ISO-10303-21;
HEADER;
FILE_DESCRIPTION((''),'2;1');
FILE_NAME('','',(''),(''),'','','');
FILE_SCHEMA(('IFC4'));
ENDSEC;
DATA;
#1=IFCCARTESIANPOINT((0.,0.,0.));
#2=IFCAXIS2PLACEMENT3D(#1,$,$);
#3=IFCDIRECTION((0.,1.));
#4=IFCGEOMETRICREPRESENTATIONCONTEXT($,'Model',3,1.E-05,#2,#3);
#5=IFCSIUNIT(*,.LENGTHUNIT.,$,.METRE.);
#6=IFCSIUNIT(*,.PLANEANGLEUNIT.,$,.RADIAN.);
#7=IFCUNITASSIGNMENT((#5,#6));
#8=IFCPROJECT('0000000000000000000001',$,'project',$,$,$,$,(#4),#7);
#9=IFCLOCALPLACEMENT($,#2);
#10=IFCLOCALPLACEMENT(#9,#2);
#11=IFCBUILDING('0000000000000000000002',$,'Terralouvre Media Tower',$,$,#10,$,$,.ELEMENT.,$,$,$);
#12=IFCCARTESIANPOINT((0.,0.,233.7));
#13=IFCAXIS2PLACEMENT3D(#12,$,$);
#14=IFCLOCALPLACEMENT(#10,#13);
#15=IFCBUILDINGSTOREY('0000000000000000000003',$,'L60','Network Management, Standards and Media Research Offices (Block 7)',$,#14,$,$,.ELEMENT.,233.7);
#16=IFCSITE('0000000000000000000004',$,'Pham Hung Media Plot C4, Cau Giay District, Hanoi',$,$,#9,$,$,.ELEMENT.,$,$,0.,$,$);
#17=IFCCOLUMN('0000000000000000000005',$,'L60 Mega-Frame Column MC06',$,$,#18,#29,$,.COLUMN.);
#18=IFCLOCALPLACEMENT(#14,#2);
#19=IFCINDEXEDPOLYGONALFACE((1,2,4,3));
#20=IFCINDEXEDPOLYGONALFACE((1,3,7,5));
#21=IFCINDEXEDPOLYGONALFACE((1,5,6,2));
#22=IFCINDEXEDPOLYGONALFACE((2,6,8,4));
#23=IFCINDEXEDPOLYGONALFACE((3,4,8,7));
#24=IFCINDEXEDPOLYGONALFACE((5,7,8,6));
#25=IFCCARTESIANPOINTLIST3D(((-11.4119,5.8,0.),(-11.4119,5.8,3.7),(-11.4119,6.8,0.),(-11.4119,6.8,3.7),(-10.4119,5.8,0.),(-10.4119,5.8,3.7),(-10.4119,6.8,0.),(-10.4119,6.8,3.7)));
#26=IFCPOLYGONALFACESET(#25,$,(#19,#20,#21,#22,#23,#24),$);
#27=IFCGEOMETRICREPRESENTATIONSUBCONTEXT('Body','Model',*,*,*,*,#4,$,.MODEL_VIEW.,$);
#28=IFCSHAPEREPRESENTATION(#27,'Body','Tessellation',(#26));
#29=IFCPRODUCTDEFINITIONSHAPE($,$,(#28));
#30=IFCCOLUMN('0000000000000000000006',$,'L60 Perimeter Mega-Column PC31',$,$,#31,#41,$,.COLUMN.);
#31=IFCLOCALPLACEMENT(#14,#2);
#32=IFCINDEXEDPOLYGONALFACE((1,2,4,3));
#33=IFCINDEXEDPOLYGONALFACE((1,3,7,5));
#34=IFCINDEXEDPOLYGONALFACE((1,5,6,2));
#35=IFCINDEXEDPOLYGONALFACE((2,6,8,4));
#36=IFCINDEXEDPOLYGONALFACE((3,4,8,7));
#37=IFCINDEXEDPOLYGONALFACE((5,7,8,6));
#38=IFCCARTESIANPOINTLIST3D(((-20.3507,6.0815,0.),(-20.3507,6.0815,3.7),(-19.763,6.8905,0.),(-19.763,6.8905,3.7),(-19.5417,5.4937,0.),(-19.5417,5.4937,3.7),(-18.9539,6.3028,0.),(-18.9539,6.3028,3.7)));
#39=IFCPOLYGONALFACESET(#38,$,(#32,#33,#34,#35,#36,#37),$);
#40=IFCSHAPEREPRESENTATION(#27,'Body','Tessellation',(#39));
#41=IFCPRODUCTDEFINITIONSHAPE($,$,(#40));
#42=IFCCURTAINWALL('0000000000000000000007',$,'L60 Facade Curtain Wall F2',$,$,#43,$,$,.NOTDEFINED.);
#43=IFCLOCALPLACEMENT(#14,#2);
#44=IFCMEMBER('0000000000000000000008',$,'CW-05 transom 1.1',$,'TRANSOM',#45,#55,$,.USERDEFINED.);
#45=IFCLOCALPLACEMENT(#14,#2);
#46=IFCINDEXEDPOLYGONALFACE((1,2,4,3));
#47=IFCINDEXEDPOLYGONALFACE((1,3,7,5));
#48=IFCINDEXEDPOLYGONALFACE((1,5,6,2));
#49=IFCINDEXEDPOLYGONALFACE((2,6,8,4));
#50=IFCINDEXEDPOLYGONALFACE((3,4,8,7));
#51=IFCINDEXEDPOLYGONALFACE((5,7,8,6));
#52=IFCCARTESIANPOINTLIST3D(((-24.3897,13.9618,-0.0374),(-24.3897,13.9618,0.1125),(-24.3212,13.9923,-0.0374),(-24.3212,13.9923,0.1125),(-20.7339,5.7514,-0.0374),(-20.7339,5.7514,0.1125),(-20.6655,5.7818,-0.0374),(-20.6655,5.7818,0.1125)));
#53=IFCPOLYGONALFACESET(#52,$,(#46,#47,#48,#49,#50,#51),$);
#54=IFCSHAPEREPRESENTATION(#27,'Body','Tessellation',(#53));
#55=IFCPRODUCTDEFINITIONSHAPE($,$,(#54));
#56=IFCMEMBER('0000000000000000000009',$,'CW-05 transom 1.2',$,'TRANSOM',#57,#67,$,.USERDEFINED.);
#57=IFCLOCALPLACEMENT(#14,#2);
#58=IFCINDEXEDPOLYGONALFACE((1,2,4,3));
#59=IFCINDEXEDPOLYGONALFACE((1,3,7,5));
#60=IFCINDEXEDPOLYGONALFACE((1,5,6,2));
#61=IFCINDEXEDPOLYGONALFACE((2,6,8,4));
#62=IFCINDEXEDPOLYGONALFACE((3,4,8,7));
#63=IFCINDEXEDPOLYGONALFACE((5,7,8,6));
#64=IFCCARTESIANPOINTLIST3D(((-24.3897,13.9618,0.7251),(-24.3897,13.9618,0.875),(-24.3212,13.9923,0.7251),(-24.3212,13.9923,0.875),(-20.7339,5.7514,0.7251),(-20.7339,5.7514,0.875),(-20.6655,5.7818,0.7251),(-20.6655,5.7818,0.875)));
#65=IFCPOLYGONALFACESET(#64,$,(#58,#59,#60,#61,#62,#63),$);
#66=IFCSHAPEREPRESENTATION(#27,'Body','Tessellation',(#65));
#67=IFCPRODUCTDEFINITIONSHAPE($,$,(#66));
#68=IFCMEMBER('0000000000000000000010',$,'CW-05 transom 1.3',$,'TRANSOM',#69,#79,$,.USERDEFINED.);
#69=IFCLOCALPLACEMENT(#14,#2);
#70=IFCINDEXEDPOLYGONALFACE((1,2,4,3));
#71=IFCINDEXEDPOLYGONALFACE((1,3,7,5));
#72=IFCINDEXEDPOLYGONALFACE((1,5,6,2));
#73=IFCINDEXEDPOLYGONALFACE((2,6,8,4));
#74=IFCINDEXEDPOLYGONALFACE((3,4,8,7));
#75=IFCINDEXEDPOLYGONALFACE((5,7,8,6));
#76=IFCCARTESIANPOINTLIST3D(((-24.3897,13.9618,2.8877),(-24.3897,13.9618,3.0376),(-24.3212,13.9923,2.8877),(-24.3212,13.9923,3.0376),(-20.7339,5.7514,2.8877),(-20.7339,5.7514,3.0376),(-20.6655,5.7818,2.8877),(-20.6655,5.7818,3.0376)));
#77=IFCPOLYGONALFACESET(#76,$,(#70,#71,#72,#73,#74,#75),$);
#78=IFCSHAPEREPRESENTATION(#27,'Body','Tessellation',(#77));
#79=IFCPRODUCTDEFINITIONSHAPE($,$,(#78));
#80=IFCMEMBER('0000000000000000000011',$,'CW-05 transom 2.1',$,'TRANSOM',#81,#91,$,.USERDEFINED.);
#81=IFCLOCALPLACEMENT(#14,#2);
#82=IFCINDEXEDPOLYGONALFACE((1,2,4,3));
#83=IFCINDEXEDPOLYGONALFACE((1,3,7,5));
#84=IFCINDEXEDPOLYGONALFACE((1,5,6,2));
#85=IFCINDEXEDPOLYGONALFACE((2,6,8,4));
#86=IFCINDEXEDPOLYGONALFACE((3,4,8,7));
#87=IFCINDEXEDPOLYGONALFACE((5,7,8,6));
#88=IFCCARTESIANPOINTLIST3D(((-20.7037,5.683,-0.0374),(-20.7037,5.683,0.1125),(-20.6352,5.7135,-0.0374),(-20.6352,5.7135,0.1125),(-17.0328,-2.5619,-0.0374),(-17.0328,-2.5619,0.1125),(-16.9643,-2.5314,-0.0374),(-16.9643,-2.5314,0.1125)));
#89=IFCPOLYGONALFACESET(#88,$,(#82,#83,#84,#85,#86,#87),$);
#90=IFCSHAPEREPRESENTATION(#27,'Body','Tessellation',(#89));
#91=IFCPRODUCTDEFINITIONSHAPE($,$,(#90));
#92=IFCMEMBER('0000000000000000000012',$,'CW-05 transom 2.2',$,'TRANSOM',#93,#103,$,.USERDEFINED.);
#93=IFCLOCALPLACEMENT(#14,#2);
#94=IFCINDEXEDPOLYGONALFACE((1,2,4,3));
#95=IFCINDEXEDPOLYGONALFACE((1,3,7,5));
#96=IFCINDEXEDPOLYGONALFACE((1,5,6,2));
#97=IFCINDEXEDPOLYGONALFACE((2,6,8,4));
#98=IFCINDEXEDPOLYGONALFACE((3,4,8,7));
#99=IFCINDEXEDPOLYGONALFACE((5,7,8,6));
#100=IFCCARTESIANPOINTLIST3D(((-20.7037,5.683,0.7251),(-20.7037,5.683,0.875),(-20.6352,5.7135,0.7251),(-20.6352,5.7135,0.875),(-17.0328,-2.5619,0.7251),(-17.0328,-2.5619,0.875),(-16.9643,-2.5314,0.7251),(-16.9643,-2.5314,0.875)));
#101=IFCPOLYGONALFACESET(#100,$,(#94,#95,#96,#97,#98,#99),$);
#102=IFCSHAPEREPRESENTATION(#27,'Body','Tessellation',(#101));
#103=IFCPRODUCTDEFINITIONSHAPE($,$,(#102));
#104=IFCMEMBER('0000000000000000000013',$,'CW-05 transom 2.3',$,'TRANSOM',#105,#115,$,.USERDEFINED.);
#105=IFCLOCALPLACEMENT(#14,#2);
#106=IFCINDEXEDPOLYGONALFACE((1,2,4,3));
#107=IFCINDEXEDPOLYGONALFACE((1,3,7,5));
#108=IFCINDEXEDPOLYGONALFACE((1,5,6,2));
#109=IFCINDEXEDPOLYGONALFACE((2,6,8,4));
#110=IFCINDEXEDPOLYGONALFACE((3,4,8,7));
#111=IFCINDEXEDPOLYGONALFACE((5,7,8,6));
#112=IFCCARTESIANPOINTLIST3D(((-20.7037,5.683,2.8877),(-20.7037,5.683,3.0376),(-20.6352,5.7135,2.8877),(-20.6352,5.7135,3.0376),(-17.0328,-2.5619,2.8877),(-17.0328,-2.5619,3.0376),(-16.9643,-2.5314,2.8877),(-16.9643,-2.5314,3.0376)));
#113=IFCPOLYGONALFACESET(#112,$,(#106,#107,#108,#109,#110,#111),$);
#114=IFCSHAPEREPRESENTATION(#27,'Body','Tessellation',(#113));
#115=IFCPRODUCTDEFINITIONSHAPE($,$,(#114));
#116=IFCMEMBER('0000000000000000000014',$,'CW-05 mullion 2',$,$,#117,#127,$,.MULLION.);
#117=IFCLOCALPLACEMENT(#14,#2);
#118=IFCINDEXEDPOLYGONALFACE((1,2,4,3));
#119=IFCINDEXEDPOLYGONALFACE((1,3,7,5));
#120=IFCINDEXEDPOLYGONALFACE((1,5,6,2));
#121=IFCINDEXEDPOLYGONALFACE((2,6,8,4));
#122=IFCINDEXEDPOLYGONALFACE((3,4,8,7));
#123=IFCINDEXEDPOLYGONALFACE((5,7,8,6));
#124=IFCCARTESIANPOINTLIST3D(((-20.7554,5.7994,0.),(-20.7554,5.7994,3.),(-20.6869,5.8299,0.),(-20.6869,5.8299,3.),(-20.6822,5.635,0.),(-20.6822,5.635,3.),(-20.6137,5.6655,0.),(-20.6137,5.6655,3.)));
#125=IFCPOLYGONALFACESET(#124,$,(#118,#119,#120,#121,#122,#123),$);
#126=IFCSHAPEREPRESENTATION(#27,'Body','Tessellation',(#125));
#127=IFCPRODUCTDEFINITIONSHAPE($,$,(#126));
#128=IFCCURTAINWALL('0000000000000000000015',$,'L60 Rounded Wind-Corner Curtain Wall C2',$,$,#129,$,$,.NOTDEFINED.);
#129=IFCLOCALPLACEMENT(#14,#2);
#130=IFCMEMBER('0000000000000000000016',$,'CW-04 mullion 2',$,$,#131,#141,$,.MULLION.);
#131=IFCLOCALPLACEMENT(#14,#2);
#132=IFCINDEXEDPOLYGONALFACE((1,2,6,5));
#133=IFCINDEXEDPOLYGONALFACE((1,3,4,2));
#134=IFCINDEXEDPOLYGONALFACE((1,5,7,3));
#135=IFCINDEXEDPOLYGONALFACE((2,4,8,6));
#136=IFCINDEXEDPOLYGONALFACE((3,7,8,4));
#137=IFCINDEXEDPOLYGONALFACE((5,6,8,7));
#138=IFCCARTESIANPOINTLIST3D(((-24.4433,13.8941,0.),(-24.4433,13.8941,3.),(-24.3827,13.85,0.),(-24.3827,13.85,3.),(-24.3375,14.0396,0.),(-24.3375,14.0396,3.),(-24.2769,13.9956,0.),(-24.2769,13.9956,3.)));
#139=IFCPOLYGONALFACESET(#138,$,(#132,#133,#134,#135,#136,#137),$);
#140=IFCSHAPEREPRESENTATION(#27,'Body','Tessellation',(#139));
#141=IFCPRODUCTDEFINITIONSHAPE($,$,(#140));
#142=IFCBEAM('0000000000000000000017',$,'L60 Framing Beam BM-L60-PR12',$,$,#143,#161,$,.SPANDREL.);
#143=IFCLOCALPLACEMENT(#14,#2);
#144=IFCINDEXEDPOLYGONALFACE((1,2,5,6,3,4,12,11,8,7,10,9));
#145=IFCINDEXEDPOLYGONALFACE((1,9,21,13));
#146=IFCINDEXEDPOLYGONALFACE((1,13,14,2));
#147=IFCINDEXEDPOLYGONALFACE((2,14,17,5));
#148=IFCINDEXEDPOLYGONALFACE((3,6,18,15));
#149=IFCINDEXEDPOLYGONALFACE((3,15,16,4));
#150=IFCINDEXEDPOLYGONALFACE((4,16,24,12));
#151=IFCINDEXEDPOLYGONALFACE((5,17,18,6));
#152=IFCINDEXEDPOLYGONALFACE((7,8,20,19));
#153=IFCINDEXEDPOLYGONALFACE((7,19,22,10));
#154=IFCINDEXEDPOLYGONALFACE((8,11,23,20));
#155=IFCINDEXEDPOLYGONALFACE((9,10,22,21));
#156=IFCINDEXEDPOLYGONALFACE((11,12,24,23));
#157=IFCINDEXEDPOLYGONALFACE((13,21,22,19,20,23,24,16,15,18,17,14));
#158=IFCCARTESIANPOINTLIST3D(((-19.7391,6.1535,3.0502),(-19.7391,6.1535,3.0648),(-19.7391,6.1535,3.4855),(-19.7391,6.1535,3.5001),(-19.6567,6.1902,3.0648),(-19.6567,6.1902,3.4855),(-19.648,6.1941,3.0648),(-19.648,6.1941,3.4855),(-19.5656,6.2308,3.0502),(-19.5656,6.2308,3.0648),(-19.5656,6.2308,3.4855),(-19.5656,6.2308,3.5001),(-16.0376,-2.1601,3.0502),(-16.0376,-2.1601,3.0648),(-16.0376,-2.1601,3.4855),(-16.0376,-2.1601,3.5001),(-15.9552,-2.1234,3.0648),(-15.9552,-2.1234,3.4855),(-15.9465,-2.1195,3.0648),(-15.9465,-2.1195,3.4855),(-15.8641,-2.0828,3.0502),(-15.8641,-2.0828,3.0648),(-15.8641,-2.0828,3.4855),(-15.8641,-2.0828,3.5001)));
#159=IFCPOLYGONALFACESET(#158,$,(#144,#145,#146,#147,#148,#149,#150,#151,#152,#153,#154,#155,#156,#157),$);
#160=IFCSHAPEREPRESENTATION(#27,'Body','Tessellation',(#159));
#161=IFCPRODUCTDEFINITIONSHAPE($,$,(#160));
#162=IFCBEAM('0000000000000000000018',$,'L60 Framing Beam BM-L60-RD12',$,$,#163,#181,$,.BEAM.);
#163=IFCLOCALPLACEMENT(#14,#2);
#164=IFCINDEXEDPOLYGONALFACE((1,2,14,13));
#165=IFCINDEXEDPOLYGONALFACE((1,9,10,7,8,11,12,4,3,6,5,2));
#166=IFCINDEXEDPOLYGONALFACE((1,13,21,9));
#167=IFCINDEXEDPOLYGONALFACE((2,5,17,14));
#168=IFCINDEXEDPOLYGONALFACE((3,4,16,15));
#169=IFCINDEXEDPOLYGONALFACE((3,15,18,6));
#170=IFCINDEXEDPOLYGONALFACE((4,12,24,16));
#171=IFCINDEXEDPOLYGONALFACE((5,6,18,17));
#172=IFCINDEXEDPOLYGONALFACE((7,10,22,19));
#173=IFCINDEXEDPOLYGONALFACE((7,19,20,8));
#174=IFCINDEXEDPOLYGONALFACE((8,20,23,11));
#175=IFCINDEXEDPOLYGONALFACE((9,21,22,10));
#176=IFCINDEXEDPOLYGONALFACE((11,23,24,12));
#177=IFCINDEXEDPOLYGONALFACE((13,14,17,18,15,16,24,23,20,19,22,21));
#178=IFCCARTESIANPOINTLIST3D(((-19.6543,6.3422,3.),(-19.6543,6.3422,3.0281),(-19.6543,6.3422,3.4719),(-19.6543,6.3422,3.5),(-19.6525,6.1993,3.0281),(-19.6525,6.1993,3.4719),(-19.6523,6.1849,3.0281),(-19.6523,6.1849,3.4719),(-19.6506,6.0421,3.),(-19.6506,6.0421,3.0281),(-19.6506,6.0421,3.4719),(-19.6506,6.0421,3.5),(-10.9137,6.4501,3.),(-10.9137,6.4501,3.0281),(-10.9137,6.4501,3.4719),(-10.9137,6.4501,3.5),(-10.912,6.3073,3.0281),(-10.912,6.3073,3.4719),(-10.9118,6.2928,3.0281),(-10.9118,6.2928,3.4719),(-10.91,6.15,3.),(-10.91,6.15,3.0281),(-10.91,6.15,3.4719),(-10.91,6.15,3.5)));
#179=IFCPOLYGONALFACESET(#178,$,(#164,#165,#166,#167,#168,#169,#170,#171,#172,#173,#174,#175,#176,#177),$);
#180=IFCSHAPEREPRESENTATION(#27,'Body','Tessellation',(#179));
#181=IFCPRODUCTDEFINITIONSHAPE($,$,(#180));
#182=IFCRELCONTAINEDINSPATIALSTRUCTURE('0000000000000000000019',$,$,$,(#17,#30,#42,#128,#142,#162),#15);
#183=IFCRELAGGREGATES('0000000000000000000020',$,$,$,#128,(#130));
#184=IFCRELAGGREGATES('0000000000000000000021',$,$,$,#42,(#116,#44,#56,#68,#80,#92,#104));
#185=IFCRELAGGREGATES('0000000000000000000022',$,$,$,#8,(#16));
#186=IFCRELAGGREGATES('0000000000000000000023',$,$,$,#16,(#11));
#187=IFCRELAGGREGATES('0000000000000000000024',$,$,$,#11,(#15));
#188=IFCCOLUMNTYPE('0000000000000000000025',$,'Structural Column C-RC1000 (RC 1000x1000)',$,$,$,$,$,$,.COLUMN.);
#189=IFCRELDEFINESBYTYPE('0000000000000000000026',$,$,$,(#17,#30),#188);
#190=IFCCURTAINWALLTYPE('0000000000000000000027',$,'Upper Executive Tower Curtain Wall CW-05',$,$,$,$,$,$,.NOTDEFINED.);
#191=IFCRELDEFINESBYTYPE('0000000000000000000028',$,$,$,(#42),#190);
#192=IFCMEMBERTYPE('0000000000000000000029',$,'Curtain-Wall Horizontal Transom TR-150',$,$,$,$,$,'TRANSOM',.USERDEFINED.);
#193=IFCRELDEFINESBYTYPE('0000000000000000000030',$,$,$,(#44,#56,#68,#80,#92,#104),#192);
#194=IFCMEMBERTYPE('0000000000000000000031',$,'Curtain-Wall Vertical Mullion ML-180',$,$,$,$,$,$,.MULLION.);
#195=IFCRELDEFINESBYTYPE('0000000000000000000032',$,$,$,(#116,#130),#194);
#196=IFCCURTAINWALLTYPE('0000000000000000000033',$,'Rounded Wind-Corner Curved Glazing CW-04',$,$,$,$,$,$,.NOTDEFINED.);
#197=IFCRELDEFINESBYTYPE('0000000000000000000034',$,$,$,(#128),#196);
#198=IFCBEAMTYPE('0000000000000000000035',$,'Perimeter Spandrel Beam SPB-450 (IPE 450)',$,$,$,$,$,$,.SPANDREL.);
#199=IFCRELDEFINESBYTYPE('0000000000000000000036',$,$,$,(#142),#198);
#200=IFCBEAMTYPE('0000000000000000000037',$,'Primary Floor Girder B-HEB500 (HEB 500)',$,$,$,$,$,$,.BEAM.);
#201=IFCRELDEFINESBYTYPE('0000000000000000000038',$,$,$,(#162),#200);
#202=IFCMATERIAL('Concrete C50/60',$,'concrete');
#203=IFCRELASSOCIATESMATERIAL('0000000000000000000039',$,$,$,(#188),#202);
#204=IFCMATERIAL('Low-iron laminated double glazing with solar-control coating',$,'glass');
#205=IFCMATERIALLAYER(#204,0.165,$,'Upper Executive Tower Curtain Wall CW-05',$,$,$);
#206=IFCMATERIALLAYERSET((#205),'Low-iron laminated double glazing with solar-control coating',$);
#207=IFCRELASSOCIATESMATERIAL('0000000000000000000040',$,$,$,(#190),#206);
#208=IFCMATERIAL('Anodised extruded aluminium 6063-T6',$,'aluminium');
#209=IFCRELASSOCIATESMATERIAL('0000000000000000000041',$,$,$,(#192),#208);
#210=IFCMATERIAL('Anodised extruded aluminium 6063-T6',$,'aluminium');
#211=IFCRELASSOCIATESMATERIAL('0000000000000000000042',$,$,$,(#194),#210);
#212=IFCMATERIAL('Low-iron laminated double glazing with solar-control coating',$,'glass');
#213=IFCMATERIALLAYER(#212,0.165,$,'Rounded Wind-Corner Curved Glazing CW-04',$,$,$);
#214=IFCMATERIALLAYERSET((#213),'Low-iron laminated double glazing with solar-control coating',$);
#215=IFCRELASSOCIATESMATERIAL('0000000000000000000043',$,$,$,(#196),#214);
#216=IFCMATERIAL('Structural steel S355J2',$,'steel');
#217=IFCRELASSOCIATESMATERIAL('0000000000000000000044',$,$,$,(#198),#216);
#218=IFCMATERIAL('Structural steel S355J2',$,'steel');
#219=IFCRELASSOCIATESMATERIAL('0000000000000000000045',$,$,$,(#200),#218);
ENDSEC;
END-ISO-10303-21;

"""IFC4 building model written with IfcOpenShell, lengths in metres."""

from ifc_helpers import new_model, si_unit, direction, frame, origin, origin_2d, place, context, subcontext, project, spatial, rectangle, i_section, extrude, material, layer, layer_set, material_profile, profile_set, type_object, element, aggregate, save


model = new_model("IFC4")

# Units and contexts
model_context = context("Model", 3, precision=1e-05, world=origin(), true_north=direction((0.0, 1.0)))
body_context = subcontext(model_context, "Body", "Model", "MODEL_VIEW")
ifc_project = project(units=[si_unit("LENGTHUNIT", "METRE"), si_unit("PLANEANGLEUNIT", "RADIAN")], contexts=[model_context])

# Site, building, storey
site_placement = place(None, origin())
site = spatial("IfcSite", under=ifc_project, at=site_placement, Name="Pham Hung Media Plot C4, Cau Giay District, Hanoi", CompositionType="ELEMENT", RefElevation=0.0)
building_placement = place(site_placement, origin())
building = spatial("IfcBuilding", under=site, at=building_placement, Name="Terralouvre Media Tower", CompositionType="ELEMENT")
storey_placement = place(building_placement, frame((0.0, 0.0, 233.7)))
storey = spatial("IfcBuildingStorey", under=building, at=storey_placement, Name="L60", Description="Network Management, Standards and Media Research Offices (Block 7)", CompositionType="ELEMENT", Elevation=233.7)

# Columns
ifc_material_1 = material(Name="Concrete C50/60", Category="concrete")
ifc_material_profile_1 = material_profile(ifc_material_1, rectangle(XDim=1.0, YDim=1.0, at=origin_2d()), Name="RC 1000x1000")
ifc_profile_set_1 = profile_set([ifc_material_profile_1], Name="Concrete C50/60")
column_type = type_object("IfcColumnType", Name="Structural Column C-RC1000 (RC 1000x1000)", PredefinedType="COLUMN", material=ifc_profile_set_1)
for number, where, z_axis, x_axis, name in (
    (1, (-10.9119, 6.3, 0.0), (0.0, 0.0, 1.0), (1.0, 0.0, 0.0), "L60 Mega-Frame Column MC06"),
    (2, (-19.6523, 6.1921, 0.0), (0.0, 0.0, 1.0), (0.587785, 0.809017, 0.0), "L60 Perimeter Mega-Column PC31"),
):
    element("IfcColumn", number, at=place(storey_placement, frame(where, z_axis=z_axis, x_axis=x_axis)), inside=storey, type_object=column_type, Name=name, PredefinedType="COLUMN", context=body_context, shape_type="SweptSolid", body=[
        extrude(rectangle(XDim=1.0, YDim=1.0, at=origin_2d()), origin(), (0.0, 0.0, 1.0), 3.7),
    ])

# Curtain wall, members
ifc_material_2 = material(Name="Low-iron laminated double glazing with solar-control coating", Category="glass")
ifc_layer_1 = layer(ifc_material_2, 0.165, Name="Upper Executive Tower Curtain Wall CW-05")
ifc_layer_set_1 = layer_set([ifc_layer_1], Name="Low-iron laminated double glazing with solar-control coating")
curtain_wall_type_1 = type_object("IfcCurtainWallType", Name="Upper Executive Tower Curtain Wall CW-05", PredefinedType="NOTDEFINED", material=ifc_layer_set_1)
curtain_wall_1_placement = place(storey_placement, origin())
curtain_wall_1 = element("IfcCurtainWall", 3, at=curtain_wall_1_placement, inside=storey, type_object=curtain_wall_type_1, Name="L60 Facade Curtain Wall F2", PredefinedType="NOTDEFINED")
ifc_material_3 = material(Name="Anodised extruded aluminium 6063-T6", Category="aluminium")
ifc_material_profile_2 = material_profile(ifc_material_3, rectangle(XDim=0.075, YDim=0.1499, at=origin_2d()), Name="ALU 75x150")
ifc_profile_set_2 = profile_set([ifc_material_profile_2], Name="Anodised extruded aluminium 6063-T6")
member_type_1 = type_object("IfcMemberType", Name="Curtain-Wall Horizontal Transom TR-150", ElementType="TRANSOM", PredefinedType="USERDEFINED", material=ifc_profile_set_2)
member_1_placement = place(storey_placement, frame((-24.3555, 13.9771, 0.0376), z_axis=(0.406758, -0.913536, 0.0), x_axis=(0.913536, 0.406758, 0.0)))
member_1 = element("IfcMember", 4, at=member_1_placement, type_object=member_type_1, Name="CW-05 transom 1.1", ObjectType="TRANSOM", PredefinedType="USERDEFINED", context=body_context, shape_type="SweptSolid", body=[
    extrude(rectangle(XDim=0.075, YDim=0.1499, at=origin_2d()), origin(), (0.0, 0.0, 1.0), 8.9875),
])
member_2_placement = place(storey_placement, frame((-24.3555, 13.9771, 0.8), z_axis=(0.406758, -0.913536, 0.0), x_axis=(0.913536, 0.406758, 0.0)))
member_2 = element("IfcMember", 5, at=member_2_placement, type_object=member_type_1, Name="CW-05 transom 1.2", ObjectType="TRANSOM", PredefinedType="USERDEFINED", context=body_context, shape_type="SweptSolid", body=[
    extrude(rectangle(XDim=0.075, YDim=0.1499, at=origin_2d()), origin(), (0.0, 0.0, 1.0), 8.9875),
])
member_3_placement = place(storey_placement, frame((-24.3555, 13.9771, 2.9626), z_axis=(0.406758, -0.913536, 0.0), x_axis=(0.913536, 0.406758, 0.0)))
member_3 = element("IfcMember", 6, at=member_3_placement, type_object=member_type_1, Name="CW-05 transom 1.3", ObjectType="TRANSOM", PredefinedType="USERDEFINED", context=body_context, shape_type="SweptSolid", body=[
    extrude(rectangle(XDim=0.075, YDim=0.1499, at=origin_2d()), origin(), (0.0, 0.0, 1.0), 8.9875),
])
member_4_placement = place(storey_placement, frame((-20.6694, 5.6982, 0.0376), z_axis=(0.406741, -0.913544, 0.0), x_axis=(0.913544, 0.406741, 0.0)))
member_4 = element("IfcMember", 7, at=member_4_placement, type_object=member_type_1, Name="CW-05 transom 2.1", ObjectType="TRANSOM", PredefinedType="USERDEFINED", context=body_context, shape_type="SweptSolid", body=[
    extrude(rectangle(XDim=0.075, YDim=0.1499, at=origin_2d()), origin(), (0.0, 0.0, 1.0), 9.0251),
])
member_5_placement = place(storey_placement, frame((-20.6694, 5.6982, 0.8), z_axis=(0.406741, -0.913544, 0.0), x_axis=(0.913544, 0.406741, 0.0)))
member_5 = element("IfcMember", 8, at=member_5_placement, type_object=member_type_1, Name="CW-05 transom 2.2", ObjectType="TRANSOM", PredefinedType="USERDEFINED", context=body_context, shape_type="SweptSolid", body=[
    extrude(rectangle(XDim=0.075, YDim=0.1499, at=origin_2d()), origin(), (0.0, 0.0, 1.0), 9.0251),
])
member_6_placement = place(storey_placement, frame((-20.6694, 5.6982, 2.9626), z_axis=(0.406741, -0.913544, 0.0), x_axis=(0.913544, 0.406741, 0.0)))
member_6 = element("IfcMember", 9, at=member_6_placement, type_object=member_type_1, Name="CW-05 transom 2.3", ObjectType="TRANSOM", PredefinedType="USERDEFINED", context=body_context, shape_type="SweptSolid", body=[
    extrude(rectangle(XDim=0.075, YDim=0.1499, at=origin_2d()), origin(), (0.0, 0.0, 1.0), 9.0251),
])
ifc_material_4 = material(Name="Anodised extruded aluminium 6063-T6", Category="aluminium")
ifc_material_profile_3 = material_profile(ifc_material_4, rectangle(XDim=0.075, YDim=0.1799, at=origin_2d()), Name="ALU 75x180")
ifc_profile_set_3 = profile_set([ifc_material_profile_3], Name="Anodised extruded aluminium 6063-T6")
member_type_2 = type_object("IfcMemberType", Name="Curtain-Wall Vertical Mullion ML-180", PredefinedType="MULLION", material=ifc_profile_set_3)
member_7_placement = place(storey_placement, frame((-20.6846, 5.7324, 0.0), z_axis=(0.0, 0.0, 1.0), x_axis=(0.913545, 0.406737, 0.0)))
member_7 = element("IfcMember", 10, at=member_7_placement, type_object=member_type_2, Name="CW-05 mullion 2", PredefinedType="MULLION", context=body_context, shape_type="SweptSolid", body=[
    extrude(rectangle(XDim=0.075, YDim=0.1799, at=origin_2d()), origin(), (0.0, 0.0, 1.0), 3.0),
])

# Curtain wall, member
ifc_material_5 = material(Name="Low-iron laminated double glazing with solar-control coating", Category="glass")
ifc_layer_2 = layer(ifc_material_5, 0.165, Name="Rounded Wind-Corner Curved Glazing CW-04")
ifc_layer_set_2 = layer_set([ifc_layer_2], Name="Low-iron laminated double glazing with solar-control coating")
curtain_wall_type_2 = type_object("IfcCurtainWallType", Name="Rounded Wind-Corner Curved Glazing CW-04", PredefinedType="NOTDEFINED", material=ifc_layer_set_2)
curtain_wall_2_placement = place(storey_placement, origin())
curtain_wall_2 = element("IfcCurtainWall", 11, at=curtain_wall_2_placement, inside=storey, type_object=curtain_wall_type_2, Name="L60 Rounded Wind-Corner Curtain Wall C2", PredefinedType="NOTDEFINED")
member_8_placement = place(storey_placement, frame((-24.3601, 13.9448, 0.0), z_axis=(0.0, 0.0, 1.0), x_axis=(0.809017, -0.587786, 0.0)))
member_8 = element("IfcMember", 12, at=member_8_placement, type_object=member_type_2, Name="CW-04 mullion 2", PredefinedType="MULLION", context=body_context, shape_type="SweptSolid", body=[
    extrude(rectangle(XDim=0.075, YDim=0.1799, at=origin_2d()), origin(), (0.0, 0.0, 1.0), 3.0),
])
aggregate(curtain_wall_2, [member_8])

# Beams
ifc_material_6 = material(Name="Structural steel S355J2", Category="steel")
ifc_material_profile_4 = material_profile(ifc_material_6, i_section(OverallWidth=0.1899, OverallDepth=0.45, WebThickness=0.0095, FlangeThickness=0.0146, at=origin_2d()), Name="IPE 450")
ifc_profile_set_4 = profile_set([ifc_material_profile_4], Name="Structural steel S355J2")
beam_type_1 = type_object("IfcBeamType", Name="Perimeter Spandrel Beam SPB-450 (IPE 450)", PredefinedType="SPANDREL", material=ifc_profile_set_4)
beam_1_placement = place(storey_placement, frame((-19.6523, 6.1921, 3.2751), z_axis=(0.406738, -0.913545, 0.0), x_axis=(0.913545, 0.406738, 0.0)))
element("IfcBeam", 13, at=beam_1_placement, inside=storey, type_object=beam_type_1, Name="L60 Framing Beam BM-L60-PR12", PredefinedType="SPANDREL", context=body_context, shape_type="SweptSolid", body=[
    extrude(i_section(OverallWidth=0.1899, OverallDepth=0.45, WebThickness=0.0095, FlangeThickness=0.0146, at=origin_2d()), origin(), (0.0, 0.0, 1.0), 9.1003),
])
ifc_material_7 = material(Name="Structural steel S355J2", Category="steel")
ifc_material_profile_5 = material_profile(ifc_material_7, i_section(OverallWidth=0.3, OverallDepth=0.5, WebThickness=0.0144, FlangeThickness=0.0281, at=origin_2d()), Name="HEB 500")
ifc_profile_set_5 = profile_set([ifc_material_profile_5], Name="Structural steel S355J2")
beam_type_2 = type_object("IfcBeamType", Name="Primary Floor Girder B-HEB500 (HEB 500)", PredefinedType="BEAM", material=ifc_profile_set_5)
beam_2_placement = place(storey_placement, frame((-10.9119, 6.3, 3.25), z_axis=(-0.999924, -0.012345, 0.0), x_axis=(0.012345, -0.999924, 0.0)))
element("IfcBeam", 14, at=beam_2_placement, inside=storey, type_object=beam_type_2, Name="L60 Framing Beam BM-L60-RD12", PredefinedType="BEAM", context=body_context, shape_type="SweptSolid", body=[
    extrude(i_section(OverallWidth=0.3, OverallDepth=0.5, WebThickness=0.0144, FlangeThickness=0.0281, at=origin_2d()), origin(), (0.0, 0.0, 1.0), 8.7412),
])

aggregate(curtain_wall_1, [member_7, member_1, member_2, member_3, member_4, member_5, member_6])

save(model, "model.ifc")
